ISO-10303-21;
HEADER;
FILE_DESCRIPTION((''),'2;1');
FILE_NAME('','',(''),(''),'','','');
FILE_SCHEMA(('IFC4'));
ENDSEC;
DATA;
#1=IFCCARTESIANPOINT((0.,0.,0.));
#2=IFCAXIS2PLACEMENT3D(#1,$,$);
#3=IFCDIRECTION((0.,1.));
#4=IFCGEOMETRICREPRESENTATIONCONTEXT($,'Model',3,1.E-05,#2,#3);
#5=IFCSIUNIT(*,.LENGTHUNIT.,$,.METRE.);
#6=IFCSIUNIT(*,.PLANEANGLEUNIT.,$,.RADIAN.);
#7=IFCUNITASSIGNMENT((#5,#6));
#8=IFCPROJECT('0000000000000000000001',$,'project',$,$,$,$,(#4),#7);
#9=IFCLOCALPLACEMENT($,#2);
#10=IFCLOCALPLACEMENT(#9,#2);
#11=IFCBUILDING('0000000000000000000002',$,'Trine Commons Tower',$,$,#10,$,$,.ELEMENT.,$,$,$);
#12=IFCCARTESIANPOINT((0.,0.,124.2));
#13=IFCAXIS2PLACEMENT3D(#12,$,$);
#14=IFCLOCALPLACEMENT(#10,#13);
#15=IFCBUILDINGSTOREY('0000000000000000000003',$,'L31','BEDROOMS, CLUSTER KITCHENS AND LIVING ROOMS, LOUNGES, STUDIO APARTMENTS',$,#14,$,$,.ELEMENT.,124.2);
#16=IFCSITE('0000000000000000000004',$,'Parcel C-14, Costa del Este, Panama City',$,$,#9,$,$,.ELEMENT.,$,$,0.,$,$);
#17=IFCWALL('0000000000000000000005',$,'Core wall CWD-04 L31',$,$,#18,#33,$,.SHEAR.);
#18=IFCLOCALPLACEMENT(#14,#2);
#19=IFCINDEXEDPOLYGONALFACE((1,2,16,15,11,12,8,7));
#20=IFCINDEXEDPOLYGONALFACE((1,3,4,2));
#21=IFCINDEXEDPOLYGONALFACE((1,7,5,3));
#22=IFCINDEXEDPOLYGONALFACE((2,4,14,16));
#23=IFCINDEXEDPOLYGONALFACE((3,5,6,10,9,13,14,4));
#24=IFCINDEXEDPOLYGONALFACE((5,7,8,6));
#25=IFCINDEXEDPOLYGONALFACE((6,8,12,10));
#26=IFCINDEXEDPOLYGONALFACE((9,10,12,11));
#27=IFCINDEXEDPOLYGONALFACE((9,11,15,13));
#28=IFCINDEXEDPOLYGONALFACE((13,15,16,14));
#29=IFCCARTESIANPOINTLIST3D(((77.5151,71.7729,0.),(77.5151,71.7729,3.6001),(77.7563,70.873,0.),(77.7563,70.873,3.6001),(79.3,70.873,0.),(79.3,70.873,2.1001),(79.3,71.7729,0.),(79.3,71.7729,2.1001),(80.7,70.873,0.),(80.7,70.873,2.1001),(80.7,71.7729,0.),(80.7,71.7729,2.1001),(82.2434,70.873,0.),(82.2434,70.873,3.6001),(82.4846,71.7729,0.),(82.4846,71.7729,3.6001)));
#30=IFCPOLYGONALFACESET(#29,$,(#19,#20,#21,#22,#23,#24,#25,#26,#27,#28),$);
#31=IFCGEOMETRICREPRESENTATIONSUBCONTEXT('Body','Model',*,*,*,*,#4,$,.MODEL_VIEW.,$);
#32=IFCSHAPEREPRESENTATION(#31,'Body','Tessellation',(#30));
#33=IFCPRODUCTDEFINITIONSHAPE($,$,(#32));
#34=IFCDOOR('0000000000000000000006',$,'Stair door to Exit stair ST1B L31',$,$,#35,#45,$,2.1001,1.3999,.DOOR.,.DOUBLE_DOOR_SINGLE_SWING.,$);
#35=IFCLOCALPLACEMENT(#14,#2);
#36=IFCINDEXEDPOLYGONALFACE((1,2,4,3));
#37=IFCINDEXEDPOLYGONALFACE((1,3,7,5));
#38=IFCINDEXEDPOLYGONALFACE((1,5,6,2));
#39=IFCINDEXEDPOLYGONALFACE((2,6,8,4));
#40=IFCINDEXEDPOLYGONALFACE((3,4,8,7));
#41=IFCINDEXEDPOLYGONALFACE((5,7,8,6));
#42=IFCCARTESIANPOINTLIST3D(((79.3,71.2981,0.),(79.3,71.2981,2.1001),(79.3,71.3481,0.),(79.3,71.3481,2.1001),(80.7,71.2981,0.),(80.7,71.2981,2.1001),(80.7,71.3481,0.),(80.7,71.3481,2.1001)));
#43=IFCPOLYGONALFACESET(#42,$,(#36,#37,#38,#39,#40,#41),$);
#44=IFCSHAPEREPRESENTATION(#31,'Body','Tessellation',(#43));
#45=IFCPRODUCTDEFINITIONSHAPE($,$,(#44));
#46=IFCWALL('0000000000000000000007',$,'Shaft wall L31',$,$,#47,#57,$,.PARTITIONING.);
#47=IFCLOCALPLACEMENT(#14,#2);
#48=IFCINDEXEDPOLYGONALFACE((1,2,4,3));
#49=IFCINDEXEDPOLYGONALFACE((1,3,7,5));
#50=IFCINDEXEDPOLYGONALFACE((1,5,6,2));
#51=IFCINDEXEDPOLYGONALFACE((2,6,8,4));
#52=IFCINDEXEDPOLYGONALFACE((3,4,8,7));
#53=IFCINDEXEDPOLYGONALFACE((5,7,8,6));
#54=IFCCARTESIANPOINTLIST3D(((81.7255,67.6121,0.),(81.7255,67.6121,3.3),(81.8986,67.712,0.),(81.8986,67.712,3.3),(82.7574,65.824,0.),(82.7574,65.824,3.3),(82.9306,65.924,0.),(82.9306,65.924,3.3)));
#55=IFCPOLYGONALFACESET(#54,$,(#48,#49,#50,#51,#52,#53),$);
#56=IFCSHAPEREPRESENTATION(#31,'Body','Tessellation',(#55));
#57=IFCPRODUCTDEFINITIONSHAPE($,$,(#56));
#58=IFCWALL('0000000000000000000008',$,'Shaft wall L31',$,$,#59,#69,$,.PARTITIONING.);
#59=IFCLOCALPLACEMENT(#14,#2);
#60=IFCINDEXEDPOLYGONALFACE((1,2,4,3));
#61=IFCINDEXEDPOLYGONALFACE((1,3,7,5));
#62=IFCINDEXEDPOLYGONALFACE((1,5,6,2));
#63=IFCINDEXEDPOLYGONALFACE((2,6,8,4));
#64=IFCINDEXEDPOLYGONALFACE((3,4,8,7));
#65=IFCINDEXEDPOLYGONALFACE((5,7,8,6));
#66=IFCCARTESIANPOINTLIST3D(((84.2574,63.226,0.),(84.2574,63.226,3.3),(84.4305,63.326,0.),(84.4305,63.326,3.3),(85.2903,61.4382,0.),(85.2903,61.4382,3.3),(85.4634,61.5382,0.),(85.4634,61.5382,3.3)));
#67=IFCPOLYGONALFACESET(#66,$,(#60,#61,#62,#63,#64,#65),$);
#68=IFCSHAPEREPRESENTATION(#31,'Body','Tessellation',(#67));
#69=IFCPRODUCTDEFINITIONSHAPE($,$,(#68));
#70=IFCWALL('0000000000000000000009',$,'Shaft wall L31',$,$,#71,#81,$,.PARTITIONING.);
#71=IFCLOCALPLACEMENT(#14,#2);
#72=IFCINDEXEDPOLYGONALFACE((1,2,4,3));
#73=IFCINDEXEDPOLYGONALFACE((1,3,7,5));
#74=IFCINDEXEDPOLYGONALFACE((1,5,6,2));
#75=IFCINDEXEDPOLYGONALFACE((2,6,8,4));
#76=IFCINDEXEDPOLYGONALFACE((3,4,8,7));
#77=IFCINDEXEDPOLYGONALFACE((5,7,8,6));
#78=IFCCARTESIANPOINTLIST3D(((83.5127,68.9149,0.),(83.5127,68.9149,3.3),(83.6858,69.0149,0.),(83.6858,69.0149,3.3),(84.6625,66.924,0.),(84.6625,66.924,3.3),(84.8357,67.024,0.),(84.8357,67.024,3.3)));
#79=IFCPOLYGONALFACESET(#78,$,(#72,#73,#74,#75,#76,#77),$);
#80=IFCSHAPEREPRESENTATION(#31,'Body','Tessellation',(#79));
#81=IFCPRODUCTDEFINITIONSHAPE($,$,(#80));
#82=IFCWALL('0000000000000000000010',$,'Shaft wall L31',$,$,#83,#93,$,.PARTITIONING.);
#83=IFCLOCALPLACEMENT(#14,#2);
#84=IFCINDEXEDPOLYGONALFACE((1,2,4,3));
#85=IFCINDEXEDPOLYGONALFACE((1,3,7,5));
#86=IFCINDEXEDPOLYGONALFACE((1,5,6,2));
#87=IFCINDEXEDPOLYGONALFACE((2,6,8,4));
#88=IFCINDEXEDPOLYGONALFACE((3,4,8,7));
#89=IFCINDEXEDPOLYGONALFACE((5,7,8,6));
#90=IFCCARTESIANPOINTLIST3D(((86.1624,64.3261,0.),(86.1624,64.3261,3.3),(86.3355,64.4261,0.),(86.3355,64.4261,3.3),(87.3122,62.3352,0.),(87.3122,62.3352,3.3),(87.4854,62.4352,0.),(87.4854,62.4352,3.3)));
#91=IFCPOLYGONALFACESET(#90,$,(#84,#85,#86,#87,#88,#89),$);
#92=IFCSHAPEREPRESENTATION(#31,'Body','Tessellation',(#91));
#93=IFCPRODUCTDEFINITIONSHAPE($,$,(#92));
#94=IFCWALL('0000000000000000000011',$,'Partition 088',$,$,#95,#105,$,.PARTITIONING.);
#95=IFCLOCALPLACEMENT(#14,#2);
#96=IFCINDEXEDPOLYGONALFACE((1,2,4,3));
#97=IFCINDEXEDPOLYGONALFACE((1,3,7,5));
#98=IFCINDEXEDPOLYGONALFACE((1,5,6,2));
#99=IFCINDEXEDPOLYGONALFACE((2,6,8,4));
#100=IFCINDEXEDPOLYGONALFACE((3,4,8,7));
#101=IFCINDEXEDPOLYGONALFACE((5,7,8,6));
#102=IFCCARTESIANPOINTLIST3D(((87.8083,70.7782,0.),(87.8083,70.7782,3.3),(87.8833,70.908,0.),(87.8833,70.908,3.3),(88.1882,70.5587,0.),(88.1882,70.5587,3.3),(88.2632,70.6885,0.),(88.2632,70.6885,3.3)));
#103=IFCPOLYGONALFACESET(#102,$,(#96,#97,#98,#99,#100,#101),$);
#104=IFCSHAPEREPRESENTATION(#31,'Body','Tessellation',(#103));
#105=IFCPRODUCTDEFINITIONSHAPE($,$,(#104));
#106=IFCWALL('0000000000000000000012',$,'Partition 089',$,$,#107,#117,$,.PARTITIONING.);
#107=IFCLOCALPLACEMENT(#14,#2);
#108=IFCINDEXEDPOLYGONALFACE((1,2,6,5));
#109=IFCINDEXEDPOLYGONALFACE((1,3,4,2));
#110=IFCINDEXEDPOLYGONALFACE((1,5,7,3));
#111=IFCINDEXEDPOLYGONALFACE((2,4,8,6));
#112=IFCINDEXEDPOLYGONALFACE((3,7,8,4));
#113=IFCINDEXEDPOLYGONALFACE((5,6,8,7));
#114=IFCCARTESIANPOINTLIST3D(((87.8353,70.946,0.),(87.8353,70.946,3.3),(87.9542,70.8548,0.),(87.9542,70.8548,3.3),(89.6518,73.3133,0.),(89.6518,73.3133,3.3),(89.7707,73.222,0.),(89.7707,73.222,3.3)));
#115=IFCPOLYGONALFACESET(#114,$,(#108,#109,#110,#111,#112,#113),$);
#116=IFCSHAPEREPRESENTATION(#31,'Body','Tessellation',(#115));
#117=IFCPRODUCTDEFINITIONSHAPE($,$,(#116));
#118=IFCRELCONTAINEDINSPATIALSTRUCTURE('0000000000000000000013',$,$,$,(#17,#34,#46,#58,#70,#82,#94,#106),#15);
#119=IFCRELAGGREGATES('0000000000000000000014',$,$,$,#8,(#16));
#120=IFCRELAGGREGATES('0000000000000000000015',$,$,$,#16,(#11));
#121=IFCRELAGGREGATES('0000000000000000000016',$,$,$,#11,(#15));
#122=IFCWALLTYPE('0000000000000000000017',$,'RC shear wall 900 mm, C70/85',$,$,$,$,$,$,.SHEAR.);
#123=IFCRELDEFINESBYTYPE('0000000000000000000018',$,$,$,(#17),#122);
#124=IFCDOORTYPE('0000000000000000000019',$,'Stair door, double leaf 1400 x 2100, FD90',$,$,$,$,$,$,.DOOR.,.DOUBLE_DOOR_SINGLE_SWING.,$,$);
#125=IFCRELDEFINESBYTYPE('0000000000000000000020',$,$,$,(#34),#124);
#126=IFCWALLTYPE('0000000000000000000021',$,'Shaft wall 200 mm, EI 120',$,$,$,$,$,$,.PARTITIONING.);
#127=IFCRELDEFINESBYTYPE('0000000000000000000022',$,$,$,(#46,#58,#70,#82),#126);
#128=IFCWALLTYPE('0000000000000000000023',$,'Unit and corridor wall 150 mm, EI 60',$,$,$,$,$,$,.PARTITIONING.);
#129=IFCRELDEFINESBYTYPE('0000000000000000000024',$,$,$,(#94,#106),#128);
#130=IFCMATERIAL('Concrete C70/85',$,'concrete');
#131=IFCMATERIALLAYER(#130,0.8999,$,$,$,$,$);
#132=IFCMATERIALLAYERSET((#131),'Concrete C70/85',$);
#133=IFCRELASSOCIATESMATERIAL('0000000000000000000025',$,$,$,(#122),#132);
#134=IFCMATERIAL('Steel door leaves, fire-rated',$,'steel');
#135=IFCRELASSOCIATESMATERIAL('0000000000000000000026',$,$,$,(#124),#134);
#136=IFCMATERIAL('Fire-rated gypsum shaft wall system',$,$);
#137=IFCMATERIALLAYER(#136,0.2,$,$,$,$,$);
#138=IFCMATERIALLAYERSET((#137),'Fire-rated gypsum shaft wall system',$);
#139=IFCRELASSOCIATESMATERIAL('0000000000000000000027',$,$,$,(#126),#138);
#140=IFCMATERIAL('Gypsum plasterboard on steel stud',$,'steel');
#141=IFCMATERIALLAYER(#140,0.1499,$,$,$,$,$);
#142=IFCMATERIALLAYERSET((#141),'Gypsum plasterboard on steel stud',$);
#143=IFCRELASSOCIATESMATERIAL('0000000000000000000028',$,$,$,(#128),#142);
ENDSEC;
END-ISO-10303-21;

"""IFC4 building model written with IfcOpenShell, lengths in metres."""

from ifc_helpers import new_model, si_unit, direction, frame, frame_2d, origin, place, context, subcontext, project, spatial, polyline, rectangle, outline, extrude, material, layer, layer_set, type_object, element, fill, save


model = new_model("IFC4")

# Units and contexts
model_context = context("Model", 3, precision=1e-05, world=origin(), true_north=direction((0.0, 1.0)))
body_context = subcontext(model_context, "Body", "Model", "MODEL_VIEW")
ifc_project = project(units=[si_unit("LENGTHUNIT", "METRE"), si_unit("PLANEANGLEUNIT", "RADIAN")], contexts=[model_context])

# Site, building, storey
site_placement = place(None, origin())
site = spatial("IfcSite", under=ifc_project, at=site_placement, Name="Parcel C-14, Costa del Este, Panama City", CompositionType="ELEMENT", RefElevation=0.0)
building_placement = place(site_placement, origin())
building = spatial("IfcBuilding", under=site, at=building_placement, Name="Trine Commons Tower", CompositionType="ELEMENT")
storey_placement = place(building_placement, frame((0.0, 0.0, 124.2)))
storey = spatial("IfcBuildingStorey", under=building, at=storey_placement, Name="L31", Description="BEDROOMS, CLUSTER KITCHENS AND LIVING ROOMS, LOUNGES, STUDIO APARTMENTS", CompositionType="ELEMENT", Elevation=124.2)

# Shared definitions
ifc_material_1 = material(Name="Fire-rated gypsum shaft wall system")
ifc_material_2 = material(Name="Concrete C70/85", Category="concrete")

# Wall, opening, door
ifc_layer_1 = layer(ifc_material_2, 0.8999)
ifc_layer_set_1 = layer_set([ifc_layer_1], Name="Concrete C70/85")
wall_type_1 = type_object("IfcWallType", Name="RC shear wall 900 mm, C70/85", PredefinedType="SHEAR", material=ifc_layer_set_1)
wall_1_placement = place(storey_placement, frame((82.4846, 71.323, 0.0), z_axis=(0.0, 0.0, 1.0), x_axis=(-1.0, 0.0, 0.0)))
wall_1 = element("IfcWall", 1, at=wall_1_placement, inside=storey, type_object=wall_type_1, Name="Core wall CWD-04 L31", PredefinedType="SHEAR", context=body_context, shape_type="SweptSolid", body=[
    extrude(outline(polyline([(0.0, -0.45), (4.9695, -0.45), (4.7283, 0.45), (0.2412, 0.45), (0.0, -0.45)])), origin(), (0.0, 0.0, 1.0), 3.6001),
])
opening_1_placement = place(wall_1_placement, frame((1.7847, 0.0, 0.0)))
opening_1 = element("IfcOpeningElement", 2, at=opening_1_placement, cuts=wall_1, PredefinedType="OPENING", context=body_context, shape_type="SweptSolid", body=[
    extrude(rectangle(XDim=1.3999, YDim=2.1001, at=frame_2d((0.7, 1.05))), frame((0.0, 0.46, 0.0), z_axis=(0.0, -1.0, 0.0), x_axis=(1.0, 0.0, 0.0)), (0.0, 0.0, 1.0), 0.9199),
])
ifc_material_3 = material(Name="Steel door leaves, fire-rated", Category="steel")
door_type_1 = type_object("IfcDoorType", Name="Stair door, double leaf 1400 x 2100, FD90", OperationType="DOUBLE_DOOR_SINGLE_SWING", PredefinedType="DOOR", material=ifc_material_3)
door_1_placement = place(opening_1_placement, origin())
door_1 = element("IfcDoor", 3, at=door_1_placement, inside=storey, type_object=door_type_1, Name="Stair door to Exit stair ST1B L31", OperationType="DOUBLE_DOOR_SINGLE_SWING", OverallHeight=2.1001, OverallWidth=1.3999, PredefinedType="DOOR", context=body_context, shape_type="SweptSolid", body=[
    extrude(rectangle(XDim=1.3999, YDim=2.1001, at=frame_2d((0.7, 1.05))), frame((0.0, 0.0249, 0.0), z_axis=(0.0, -1.0, 0.0), x_axis=(1.0, 0.0, 0.0)), (0.0, 0.0, 1.0), 0.05),
])
fill(opening_1, door_1)

# Walls
ifc_layer_2 = layer(ifc_material_1, 0.2)
ifc_layer_set_2 = layer_set([ifc_layer_2], Name="Fire-rated gypsum shaft wall system")
wall_type_2 = type_object("IfcWallType", Name="Shaft wall 200 mm, EI 120", PredefinedType="PARTITIONING", material=ifc_layer_set_2)
wall_2_placement = place(storey_placement, frame((82.844, 65.874, 0.0), z_axis=(0.0, 0.0, 1.0), x_axis=(-0.499866, 0.866103, 0.0)))
element("IfcWall", 4, at=wall_2_placement, inside=storey, type_object=wall_type_2, Name="Shaft wall L31", PredefinedType="PARTITIONING", context=body_context, shape_type="SweptSolid", body=[
    extrude(rectangle(XDim=2.0645, YDim=0.2, at=frame_2d((1.0322, 0.0))), origin(), (0.0, 0.0, 1.0), 3.3),
])
wall_3_placement = place(storey_placement, frame((84.344, 63.2759, 0.0), z_axis=(0.0, 0.0, 1.0), x_axis=(0.500272, -0.865868, 0.0)))
element("IfcWall", 5, at=wall_3_placement, inside=storey, type_object=wall_type_2, Name="Shaft wall L31", PredefinedType="PARTITIONING", context=body_context, shape_type="SweptSolid", body=[
    extrude(rectangle(XDim=2.0647, YDim=0.2, at=frame_2d((1.0322, 0.0))), origin(), (0.0, 0.0, 1.0), 3.3),
])
for number, where, z_axis, x_axis, name in (
    (6, (84.749, 66.9741, 0.0), (0.0, 0.0, 1.0), (-0.500136, 0.865947, 0.0), "Shaft wall L31"),
    (7, (86.249, 64.376, 0.0), (0.0, 0.0, 1.0), (0.500136, -0.865947, 0.0), "Shaft wall L31"),
):
    element("IfcWall", number, at=place(storey_placement, frame(where, z_axis=z_axis, x_axis=x_axis)), inside=storey, type_object=wall_type_2, Name=name, PredefinedType="PARTITIONING", context=body_context, shape_type="SweptSolid", body=[
        extrude(rectangle(XDim=2.2991, YDim=0.2, at=frame_2d((1.1494, 0.0))), origin(), (0.0, 0.0, 1.0), 3.3),
    ])
ifc_material_4 = material(Name="Gypsum plasterboard on steel stud", Category="steel")
ifc_layer_3 = layer(ifc_material_4, 0.1499)
ifc_layer_set_3 = layer_set([ifc_layer_3], Name="Gypsum plasterboard on steel stud")
wall_type_3 = type_object("IfcWallType", Name="Unit and corridor wall 150 mm, EI 60", PredefinedType="PARTITIONING", material=ifc_layer_set_3)
wall_4_placement = place(storey_placement, frame((87.8459, 70.843, 0.0), z_axis=(0.0, 0.0, 1.0), x_axis=(0.86587, -0.500268, 0.0)))
element("IfcWall", 8, at=wall_4_placement, inside=storey, type_object=wall_type_3, Name="Partition 088", PredefinedType="PARTITIONING", context=body_context, shape_type="SweptSolid", body=[
    extrude(rectangle(XDim=0.4387, YDim=0.1499, at=frame_2d((0.2192, 0.0))), origin(), (0.0, 0.0, 1.0), 3.3),
])
wall_5_placement = place(storey_placement, frame((87.8948, 70.9004, 0.0), z_axis=(0.0, 0.0, 1.0), x_axis=(0.608761, 0.793353, 0.0)))
element("IfcWall", 9, at=wall_5_placement, inside=storey, type_object=wall_type_3, Name="Partition 089", PredefinedType="PARTITIONING", context=body_context, shape_type="SweptSolid", body=[
    extrude(rectangle(XDim=2.9839, YDim=0.1499, at=frame_2d((1.4919, 0.0))), origin(), (0.0, 0.0, 1.0), 3.3),
])

save(model, "model.ifc")
